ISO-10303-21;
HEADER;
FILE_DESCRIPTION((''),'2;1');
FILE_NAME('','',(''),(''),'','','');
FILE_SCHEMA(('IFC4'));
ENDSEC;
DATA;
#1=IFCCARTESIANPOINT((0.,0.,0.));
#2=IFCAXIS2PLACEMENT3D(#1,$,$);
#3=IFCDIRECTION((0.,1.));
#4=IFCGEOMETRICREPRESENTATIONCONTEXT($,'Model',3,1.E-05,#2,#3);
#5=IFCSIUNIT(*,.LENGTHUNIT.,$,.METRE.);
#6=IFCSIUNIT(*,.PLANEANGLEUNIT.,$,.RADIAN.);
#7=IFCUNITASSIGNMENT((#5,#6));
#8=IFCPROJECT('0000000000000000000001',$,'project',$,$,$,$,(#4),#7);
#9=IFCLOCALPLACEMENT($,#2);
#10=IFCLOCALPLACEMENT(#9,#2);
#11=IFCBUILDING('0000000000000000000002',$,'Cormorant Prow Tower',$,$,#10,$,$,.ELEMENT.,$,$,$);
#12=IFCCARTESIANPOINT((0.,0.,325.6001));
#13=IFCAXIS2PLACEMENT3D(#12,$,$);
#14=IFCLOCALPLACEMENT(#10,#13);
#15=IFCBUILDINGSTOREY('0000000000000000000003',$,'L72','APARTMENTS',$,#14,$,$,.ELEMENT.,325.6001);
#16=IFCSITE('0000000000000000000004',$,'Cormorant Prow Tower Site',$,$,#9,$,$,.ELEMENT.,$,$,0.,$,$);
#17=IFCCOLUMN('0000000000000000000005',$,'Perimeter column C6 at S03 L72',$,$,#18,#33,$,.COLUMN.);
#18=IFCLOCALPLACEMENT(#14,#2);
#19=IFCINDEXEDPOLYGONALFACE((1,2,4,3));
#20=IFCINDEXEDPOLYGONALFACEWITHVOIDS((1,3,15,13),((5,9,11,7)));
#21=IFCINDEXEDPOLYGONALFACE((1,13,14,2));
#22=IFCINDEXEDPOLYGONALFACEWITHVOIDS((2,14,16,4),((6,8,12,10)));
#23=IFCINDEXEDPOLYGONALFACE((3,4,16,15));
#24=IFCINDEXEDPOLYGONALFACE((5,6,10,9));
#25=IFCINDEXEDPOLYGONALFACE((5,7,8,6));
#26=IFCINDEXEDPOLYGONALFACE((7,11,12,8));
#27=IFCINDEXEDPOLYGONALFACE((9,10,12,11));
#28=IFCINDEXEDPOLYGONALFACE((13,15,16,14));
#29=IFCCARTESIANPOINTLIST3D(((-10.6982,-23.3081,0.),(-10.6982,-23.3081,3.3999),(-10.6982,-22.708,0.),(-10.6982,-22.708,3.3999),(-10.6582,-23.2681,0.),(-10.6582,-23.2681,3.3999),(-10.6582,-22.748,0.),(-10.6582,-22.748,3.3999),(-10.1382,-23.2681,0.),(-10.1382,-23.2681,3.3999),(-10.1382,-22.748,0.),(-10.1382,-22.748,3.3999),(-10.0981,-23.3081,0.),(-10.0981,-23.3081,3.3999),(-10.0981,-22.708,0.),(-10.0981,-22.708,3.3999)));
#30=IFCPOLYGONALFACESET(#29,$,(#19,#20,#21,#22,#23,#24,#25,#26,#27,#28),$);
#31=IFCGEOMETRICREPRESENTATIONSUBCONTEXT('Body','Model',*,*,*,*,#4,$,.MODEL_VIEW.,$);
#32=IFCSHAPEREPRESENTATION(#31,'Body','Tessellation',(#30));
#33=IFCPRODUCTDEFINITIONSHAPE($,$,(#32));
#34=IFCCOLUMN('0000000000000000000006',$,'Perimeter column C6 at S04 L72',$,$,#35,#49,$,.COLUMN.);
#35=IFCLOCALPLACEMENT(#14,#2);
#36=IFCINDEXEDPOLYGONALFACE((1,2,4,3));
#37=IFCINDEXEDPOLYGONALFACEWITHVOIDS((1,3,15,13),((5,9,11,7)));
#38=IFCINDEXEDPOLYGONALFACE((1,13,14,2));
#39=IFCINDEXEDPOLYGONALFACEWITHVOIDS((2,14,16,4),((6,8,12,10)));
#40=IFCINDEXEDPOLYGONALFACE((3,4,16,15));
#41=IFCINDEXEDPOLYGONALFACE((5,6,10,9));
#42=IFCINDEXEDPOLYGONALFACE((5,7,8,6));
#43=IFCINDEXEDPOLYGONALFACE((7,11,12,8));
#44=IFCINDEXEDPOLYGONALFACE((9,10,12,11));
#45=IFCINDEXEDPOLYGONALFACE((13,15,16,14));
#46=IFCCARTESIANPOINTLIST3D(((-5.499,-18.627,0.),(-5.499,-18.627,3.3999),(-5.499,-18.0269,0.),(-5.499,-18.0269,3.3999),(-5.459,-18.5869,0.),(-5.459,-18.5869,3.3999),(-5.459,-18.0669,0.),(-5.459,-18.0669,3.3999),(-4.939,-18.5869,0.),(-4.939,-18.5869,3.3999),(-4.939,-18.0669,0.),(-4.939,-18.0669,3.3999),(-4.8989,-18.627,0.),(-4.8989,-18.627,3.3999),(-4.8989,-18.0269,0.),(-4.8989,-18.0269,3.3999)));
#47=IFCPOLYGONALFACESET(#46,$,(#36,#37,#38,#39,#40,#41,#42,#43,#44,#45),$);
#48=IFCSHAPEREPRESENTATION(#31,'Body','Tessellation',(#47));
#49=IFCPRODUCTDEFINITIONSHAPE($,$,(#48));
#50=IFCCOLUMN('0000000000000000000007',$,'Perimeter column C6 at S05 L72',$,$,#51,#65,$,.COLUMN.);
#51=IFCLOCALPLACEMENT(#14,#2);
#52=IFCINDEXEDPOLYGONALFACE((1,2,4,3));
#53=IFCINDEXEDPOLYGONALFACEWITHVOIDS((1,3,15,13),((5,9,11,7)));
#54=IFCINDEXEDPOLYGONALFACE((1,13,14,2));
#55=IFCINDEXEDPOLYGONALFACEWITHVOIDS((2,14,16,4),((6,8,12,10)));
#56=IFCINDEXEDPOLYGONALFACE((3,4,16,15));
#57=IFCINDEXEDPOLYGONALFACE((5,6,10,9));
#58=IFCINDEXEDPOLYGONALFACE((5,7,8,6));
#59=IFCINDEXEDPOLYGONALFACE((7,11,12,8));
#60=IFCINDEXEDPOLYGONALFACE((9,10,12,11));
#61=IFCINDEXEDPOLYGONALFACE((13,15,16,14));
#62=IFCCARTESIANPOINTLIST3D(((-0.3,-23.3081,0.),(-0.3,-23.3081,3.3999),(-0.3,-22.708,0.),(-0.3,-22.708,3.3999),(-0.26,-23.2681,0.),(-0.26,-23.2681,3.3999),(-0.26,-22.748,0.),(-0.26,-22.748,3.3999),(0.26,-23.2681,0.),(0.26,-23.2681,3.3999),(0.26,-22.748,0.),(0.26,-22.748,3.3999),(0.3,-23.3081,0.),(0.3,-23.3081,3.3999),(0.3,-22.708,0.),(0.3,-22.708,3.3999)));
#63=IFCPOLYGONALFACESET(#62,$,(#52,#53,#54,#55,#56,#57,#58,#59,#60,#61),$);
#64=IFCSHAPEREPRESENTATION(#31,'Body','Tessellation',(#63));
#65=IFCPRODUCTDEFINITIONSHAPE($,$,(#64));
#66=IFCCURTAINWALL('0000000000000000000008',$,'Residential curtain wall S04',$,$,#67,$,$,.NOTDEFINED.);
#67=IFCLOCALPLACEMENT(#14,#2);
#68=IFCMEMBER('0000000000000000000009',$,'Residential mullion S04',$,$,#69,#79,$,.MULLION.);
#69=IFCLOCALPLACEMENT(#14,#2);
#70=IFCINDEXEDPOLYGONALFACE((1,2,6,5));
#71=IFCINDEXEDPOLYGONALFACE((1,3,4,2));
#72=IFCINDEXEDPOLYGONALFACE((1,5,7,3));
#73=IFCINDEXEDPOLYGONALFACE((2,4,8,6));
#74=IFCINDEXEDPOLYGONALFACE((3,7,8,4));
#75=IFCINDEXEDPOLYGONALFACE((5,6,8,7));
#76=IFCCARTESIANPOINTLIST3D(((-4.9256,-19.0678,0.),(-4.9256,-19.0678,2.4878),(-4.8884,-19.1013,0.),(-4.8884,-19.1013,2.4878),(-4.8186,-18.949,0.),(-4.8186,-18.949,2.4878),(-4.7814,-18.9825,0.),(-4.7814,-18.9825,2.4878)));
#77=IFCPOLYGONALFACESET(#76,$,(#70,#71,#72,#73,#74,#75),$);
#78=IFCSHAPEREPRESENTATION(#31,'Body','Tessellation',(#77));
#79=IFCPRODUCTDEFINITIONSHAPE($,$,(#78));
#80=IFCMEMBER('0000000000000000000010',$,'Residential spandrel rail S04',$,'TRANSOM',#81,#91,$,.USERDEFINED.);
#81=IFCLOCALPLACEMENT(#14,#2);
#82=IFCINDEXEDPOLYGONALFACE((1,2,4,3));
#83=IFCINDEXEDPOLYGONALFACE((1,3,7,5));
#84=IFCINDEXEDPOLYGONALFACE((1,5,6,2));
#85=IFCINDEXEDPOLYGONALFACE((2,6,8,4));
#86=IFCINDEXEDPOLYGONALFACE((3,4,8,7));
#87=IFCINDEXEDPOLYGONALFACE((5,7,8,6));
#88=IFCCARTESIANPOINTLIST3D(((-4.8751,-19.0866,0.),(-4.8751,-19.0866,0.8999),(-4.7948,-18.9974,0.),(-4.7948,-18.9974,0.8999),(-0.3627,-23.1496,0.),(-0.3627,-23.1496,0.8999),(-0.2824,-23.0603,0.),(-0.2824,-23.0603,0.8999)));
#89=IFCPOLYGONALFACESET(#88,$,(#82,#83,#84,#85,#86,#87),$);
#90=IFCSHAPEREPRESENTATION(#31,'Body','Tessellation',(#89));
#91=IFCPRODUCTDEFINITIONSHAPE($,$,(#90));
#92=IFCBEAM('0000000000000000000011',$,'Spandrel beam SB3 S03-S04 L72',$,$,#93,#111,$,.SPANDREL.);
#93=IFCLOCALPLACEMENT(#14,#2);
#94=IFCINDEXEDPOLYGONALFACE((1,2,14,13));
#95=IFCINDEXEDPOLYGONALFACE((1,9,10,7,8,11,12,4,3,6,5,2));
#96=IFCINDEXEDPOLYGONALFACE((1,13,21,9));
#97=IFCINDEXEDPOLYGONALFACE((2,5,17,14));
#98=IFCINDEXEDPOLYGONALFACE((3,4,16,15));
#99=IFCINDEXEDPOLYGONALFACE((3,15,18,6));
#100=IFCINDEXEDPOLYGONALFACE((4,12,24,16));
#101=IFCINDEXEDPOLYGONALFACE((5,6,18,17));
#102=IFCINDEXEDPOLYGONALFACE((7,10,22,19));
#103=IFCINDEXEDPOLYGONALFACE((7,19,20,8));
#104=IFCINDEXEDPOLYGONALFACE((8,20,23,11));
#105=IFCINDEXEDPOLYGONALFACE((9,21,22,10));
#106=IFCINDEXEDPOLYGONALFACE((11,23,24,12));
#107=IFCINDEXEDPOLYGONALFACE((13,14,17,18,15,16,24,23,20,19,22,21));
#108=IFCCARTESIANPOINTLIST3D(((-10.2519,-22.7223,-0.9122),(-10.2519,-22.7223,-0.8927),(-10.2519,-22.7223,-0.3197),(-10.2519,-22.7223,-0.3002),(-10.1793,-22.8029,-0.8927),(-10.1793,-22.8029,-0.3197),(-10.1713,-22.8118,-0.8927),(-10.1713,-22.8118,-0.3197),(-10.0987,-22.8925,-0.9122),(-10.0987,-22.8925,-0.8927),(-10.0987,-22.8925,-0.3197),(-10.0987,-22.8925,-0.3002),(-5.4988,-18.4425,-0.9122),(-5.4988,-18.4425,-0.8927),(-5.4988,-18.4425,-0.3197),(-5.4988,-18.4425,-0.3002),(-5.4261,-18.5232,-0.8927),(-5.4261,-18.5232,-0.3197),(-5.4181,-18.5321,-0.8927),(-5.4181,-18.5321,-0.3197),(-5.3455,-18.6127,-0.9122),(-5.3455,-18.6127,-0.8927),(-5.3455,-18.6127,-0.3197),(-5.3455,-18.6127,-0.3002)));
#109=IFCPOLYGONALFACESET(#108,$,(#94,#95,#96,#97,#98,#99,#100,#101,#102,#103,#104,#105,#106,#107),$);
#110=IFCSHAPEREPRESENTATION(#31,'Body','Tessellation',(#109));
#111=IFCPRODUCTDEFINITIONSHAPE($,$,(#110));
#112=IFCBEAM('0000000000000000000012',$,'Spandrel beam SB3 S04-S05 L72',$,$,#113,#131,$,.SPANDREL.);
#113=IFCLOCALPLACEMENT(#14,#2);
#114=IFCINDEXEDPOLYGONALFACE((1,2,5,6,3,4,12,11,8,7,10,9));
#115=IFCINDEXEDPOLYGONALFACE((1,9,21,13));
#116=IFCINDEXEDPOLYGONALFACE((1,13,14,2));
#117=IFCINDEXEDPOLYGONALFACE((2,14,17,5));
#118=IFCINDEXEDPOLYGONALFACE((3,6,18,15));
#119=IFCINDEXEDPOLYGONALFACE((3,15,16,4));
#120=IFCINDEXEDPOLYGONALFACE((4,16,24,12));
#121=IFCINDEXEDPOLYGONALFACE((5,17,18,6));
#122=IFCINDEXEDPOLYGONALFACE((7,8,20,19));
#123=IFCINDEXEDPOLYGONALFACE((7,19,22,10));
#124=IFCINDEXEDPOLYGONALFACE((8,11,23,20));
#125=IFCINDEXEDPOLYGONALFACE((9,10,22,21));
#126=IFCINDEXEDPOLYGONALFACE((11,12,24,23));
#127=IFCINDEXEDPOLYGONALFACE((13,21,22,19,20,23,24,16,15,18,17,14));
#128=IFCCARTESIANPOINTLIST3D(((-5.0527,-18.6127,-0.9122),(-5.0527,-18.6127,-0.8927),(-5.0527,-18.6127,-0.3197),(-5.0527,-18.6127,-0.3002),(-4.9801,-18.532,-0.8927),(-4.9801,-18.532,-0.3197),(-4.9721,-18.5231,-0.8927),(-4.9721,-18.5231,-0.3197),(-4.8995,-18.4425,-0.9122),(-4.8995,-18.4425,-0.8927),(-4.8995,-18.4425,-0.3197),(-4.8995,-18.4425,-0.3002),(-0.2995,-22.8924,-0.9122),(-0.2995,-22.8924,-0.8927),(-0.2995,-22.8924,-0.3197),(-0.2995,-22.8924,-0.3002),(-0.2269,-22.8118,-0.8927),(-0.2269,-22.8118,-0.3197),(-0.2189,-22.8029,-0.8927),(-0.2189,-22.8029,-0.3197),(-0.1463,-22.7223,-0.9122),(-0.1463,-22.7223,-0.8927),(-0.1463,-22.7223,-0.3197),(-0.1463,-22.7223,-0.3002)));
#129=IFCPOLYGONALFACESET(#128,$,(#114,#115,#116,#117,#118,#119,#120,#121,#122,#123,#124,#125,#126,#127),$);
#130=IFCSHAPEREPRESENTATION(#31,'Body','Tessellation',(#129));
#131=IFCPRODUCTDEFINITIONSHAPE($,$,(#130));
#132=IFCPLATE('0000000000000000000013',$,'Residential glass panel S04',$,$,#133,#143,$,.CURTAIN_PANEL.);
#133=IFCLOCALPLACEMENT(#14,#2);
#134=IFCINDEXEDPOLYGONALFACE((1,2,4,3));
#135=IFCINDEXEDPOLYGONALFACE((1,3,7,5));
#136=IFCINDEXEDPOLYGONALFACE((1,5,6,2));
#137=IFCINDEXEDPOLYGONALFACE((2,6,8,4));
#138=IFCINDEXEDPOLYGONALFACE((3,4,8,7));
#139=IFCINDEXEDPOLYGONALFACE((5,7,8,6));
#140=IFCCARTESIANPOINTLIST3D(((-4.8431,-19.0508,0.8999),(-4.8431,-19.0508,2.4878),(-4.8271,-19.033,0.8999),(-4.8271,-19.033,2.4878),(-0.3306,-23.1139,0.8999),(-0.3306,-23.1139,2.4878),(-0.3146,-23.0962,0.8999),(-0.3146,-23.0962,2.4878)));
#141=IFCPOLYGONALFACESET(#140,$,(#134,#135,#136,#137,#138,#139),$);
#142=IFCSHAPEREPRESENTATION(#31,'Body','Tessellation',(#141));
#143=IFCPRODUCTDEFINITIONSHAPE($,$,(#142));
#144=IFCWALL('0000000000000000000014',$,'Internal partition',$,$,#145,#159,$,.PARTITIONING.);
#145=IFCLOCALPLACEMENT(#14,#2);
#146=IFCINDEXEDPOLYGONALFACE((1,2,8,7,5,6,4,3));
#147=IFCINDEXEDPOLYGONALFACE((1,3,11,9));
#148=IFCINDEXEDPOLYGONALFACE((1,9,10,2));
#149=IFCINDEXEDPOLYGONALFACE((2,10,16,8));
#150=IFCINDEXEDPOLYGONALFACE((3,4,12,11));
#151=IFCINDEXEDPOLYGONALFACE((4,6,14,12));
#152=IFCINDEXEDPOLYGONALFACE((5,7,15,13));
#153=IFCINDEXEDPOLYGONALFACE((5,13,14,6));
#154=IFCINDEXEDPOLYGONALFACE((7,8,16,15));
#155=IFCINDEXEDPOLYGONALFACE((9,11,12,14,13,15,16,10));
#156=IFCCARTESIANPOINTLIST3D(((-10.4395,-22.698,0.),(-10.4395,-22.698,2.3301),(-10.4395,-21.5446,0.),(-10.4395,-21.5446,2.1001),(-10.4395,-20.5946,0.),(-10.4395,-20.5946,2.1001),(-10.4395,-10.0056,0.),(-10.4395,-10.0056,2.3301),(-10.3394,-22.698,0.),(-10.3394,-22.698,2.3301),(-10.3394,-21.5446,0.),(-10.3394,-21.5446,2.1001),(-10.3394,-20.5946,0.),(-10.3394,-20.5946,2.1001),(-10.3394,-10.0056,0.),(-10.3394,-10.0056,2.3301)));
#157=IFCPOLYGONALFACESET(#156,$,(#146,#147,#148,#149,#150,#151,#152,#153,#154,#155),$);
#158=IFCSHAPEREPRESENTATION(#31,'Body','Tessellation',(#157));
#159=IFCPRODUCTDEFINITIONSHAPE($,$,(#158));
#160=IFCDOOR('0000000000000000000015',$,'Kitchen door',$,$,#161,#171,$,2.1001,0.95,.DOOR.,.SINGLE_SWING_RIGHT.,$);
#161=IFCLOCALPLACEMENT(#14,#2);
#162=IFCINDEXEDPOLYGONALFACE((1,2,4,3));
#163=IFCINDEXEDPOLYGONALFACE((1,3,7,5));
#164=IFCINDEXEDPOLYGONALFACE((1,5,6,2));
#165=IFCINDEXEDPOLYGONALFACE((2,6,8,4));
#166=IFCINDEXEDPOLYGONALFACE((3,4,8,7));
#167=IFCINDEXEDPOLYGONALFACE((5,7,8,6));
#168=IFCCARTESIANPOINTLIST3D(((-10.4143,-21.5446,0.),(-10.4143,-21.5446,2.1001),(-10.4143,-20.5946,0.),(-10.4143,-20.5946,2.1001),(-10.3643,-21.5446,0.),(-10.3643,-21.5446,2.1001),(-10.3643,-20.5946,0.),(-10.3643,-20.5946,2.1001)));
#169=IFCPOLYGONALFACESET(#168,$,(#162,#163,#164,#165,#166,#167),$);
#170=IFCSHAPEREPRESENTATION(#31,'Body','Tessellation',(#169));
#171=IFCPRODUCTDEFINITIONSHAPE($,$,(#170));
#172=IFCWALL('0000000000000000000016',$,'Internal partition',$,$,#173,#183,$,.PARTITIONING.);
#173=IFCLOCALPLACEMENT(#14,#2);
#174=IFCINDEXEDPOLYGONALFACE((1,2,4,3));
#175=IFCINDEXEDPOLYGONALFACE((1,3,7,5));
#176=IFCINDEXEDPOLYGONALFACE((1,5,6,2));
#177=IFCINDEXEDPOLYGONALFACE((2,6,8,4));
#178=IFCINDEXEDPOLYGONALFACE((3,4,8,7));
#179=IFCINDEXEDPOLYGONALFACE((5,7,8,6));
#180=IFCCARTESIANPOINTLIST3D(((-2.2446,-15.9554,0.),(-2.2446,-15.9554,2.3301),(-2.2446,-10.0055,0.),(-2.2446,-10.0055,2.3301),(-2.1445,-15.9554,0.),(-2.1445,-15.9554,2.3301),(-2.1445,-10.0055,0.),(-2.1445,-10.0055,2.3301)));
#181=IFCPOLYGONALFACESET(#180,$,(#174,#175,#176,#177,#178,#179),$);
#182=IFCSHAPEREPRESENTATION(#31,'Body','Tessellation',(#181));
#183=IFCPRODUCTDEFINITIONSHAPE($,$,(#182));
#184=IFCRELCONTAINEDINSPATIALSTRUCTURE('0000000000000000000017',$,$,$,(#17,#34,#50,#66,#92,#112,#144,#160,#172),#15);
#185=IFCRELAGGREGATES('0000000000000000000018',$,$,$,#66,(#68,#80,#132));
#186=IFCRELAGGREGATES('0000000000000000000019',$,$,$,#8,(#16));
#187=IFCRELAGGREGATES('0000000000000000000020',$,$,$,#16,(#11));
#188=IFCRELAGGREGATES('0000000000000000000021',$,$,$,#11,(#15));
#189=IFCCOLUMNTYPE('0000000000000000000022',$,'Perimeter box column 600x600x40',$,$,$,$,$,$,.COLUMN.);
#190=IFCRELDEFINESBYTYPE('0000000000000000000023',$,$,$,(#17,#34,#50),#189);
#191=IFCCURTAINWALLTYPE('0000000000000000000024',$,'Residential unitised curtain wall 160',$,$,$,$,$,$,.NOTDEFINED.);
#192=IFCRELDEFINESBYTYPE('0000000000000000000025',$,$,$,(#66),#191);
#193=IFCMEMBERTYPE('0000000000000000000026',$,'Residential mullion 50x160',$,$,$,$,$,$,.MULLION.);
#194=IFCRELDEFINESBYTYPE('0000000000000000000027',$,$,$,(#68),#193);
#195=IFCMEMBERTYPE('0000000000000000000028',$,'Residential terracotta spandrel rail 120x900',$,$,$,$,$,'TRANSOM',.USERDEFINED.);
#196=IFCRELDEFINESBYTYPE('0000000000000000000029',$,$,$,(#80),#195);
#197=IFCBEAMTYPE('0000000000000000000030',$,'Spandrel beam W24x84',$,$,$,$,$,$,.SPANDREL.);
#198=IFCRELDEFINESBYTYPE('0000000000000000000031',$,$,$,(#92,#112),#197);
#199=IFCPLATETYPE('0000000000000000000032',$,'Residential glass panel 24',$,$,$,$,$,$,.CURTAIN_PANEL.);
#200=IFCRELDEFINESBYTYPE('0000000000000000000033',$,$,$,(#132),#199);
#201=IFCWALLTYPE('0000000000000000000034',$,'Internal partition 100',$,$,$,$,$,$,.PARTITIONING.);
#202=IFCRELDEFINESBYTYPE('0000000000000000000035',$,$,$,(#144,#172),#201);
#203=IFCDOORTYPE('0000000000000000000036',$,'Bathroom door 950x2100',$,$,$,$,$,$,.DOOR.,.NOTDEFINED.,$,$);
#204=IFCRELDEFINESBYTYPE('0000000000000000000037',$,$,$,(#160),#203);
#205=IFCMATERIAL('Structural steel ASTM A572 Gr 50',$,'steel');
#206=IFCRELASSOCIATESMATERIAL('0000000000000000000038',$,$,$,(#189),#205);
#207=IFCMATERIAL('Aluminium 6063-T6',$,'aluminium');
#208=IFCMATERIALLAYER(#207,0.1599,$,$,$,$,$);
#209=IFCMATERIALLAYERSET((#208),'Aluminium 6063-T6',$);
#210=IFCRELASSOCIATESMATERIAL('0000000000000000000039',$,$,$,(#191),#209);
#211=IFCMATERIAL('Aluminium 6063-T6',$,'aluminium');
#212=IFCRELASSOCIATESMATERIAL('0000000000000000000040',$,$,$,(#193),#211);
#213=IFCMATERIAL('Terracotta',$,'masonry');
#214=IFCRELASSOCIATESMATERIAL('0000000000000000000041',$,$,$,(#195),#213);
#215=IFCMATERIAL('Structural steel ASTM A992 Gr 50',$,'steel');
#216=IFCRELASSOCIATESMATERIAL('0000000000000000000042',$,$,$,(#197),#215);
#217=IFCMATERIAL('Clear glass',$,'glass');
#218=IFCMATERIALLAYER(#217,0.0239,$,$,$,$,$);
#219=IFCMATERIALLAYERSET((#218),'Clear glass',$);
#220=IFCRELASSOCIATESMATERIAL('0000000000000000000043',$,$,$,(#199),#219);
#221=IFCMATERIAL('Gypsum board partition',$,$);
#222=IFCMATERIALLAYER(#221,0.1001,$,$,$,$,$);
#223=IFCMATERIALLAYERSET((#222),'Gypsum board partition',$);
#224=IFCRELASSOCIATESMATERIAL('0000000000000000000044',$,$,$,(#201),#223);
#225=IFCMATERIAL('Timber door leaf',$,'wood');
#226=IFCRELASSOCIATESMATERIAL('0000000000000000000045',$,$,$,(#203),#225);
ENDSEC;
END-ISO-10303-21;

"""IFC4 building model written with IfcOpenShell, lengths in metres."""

from ifc_helpers import new_model, si_unit, direction, frame, frame_2d, origin, origin_2d, place, context, subcontext, project, spatial, rectangle, hollow_rectangle, i_section, extrude, material, layer, layer_set, material_profile, profile_set, type_object, element, fill, aggregate, save


model = new_model("IFC4")

# Units and contexts
model_context = context("Model", 3, precision=1e-05, world=origin(), true_north=direction((0.0, 1.0)))
body_context = subcontext(model_context, "Body", "Model", "MODEL_VIEW")
ifc_project = project(units=[si_unit("LENGTHUNIT", "METRE"), si_unit("PLANEANGLEUNIT", "RADIAN")], contexts=[model_context])

# Site, building, storey
site_placement = place(None, origin())
site = spatial("IfcSite", under=ifc_project, at=site_placement, Name="Cormorant Prow Tower Site", CompositionType="ELEMENT", RefElevation=0.0)
building_placement = place(site_placement, origin())
building = spatial("IfcBuilding", under=site, at=building_placement, Name="Cormorant Prow Tower", CompositionType="ELEMENT")
storey_placement = place(building_placement, frame((0.0, 0.0, 325.6001)))
storey = spatial("IfcBuildingStorey", under=building, at=storey_placement, Name="L72", Description="APARTMENTS", CompositionType="ELEMENT", Elevation=325.6001)

# Columns
ifc_material_1 = material(Name="Structural steel ASTM A572 Gr 50", Category="steel")
ifc_material_profile_1 = material_profile(ifc_material_1, hollow_rectangle(XDim=0.6001, YDim=0.6001, WallThickness=0.04, at=origin_2d()), Name="Box 600x600x40")
ifc_profile_set_1 = profile_set([ifc_material_profile_1], Name="Structural steel ASTM A572 Gr 50")
column_type = type_object("IfcColumnType", Name="Perimeter box column 600x600x40", PredefinedType="COLUMN", material=ifc_profile_set_1)
for number, where, z_axis, x_axis, name in (
    (1, (-10.3982, -23.0081, 0.0), (0.0, 0.0, 1.0), (1.0, 0.0, 0.0), "Perimeter column C6 at S03 L72"),
    (2, (-5.199, -18.3269, 0.0), (0.0, 0.0, 1.0), (1.0, 0.0, 0.0), "Perimeter column C6 at S04 L72"),
    (3, (0.0, -23.0081, 0.0), (0.0, 0.0, 1.0), (1.0, 0.0, 0.0), "Perimeter column C6 at S05 L72"),
):
    element("IfcColumn", number, at=place(storey_placement, frame(where, z_axis=z_axis, x_axis=x_axis)), inside=storey, type_object=column_type, Name=name, PredefinedType="COLUMN", context=body_context, shape_type="SweptSolid", body=[
        extrude(hollow_rectangle(XDim=0.6001, YDim=0.6001, WallThickness=0.04, at=origin_2d()), origin(), (0.0, 0.0, 1.0), 3.3999),
    ])

# Curtain wall, members
ifc_material_2 = material(Name="Aluminium 6063-T6", Category="aluminium")
ifc_layer_1 = layer(ifc_material_2, 0.1599)
ifc_layer_set_1 = layer_set([ifc_layer_1], Name="Aluminium 6063-T6")
curtain_wall_type = type_object("IfcCurtainWallType", Name="Residential unitised curtain wall 160", PredefinedType="NOTDEFINED", material=ifc_layer_set_1)
curtain_wall_placement = place(storey_placement, origin())
curtain_wall = element("IfcCurtainWall", 4, at=curtain_wall_placement, inside=storey, type_object=curtain_wall_type, Name="Residential curtain wall S04", PredefinedType="NOTDEFINED")
ifc_material_3 = material(Name="Aluminium 6063-T6", Category="aluminium")
ifc_material_profile_2 = material_profile(ifc_material_3, rectangle(XDim=0.1599, YDim=0.05, at=origin_2d()), Name="Residential mullion 50x160")
ifc_profile_set_2 = profile_set([ifc_material_profile_2], Name="Aluminium 6063-T6")
member_type_1 = type_object("IfcMemberType", Name="Residential mullion 50x160", PredefinedType="MULLION", material=ifc_profile_set_2)
member_1_placement = place(storey_placement, frame((-4.8535, -19.0251, 0.0), z_axis=(0.0, 0.0, 1.0), x_axis=(0.669131, 0.743145, 0.0)))
member_1 = element("IfcMember", 5, at=member_1_placement, type_object=member_type_1, Name="Residential mullion S04", PredefinedType="MULLION", context=body_context, shape_type="SweptSolid", body=[
    extrude(rectangle(XDim=0.1599, YDim=0.05, at=origin_2d()), origin(), (0.0, 0.0, 1.0), 2.4878),
])
ifc_material_4 = material(Name="Terracotta", Category="masonry")
ifc_material_profile_3 = material_profile(ifc_material_4, rectangle(XDim=0.1201, YDim=0.8999, at=origin_2d()), Name="Residential terracotta spandrel rail 120x900")
ifc_profile_set_3 = profile_set([ifc_material_profile_3], Name="Terracotta")
member_type_2 = type_object("IfcMemberType", Name="Residential terracotta spandrel rail 120x900", ElementType="TRANSOM", PredefinedType="USERDEFINED", material=ifc_profile_set_3)
member_2_placement = place(storey_placement, frame((-4.835, -19.042, 0.45), z_axis=(0.743148, -0.669127, 0.0), x_axis=(0.669127, 0.743148, 0.0)))
member_2 = element("IfcMember", 6, at=member_2_placement, type_object=member_type_2, Name="Residential spandrel rail S04", ObjectType="TRANSOM", PredefinedType="USERDEFINED", context=body_context, shape_type="SweptSolid", body=[
    extrude(rectangle(XDim=0.1201, YDim=0.8999, at=origin_2d()), origin(), (0.0, 0.0, 1.0), 6.072),
])

# Beams
ifc_material_5 = material(Name="Structural steel ASTM A992 Gr 50", Category="steel")
ifc_material_profile_4 = material_profile(ifc_material_5, i_section(OverallWidth=0.229, OverallDepth=0.6121, WebThickness=0.012, FlangeThickness=0.0195, at=origin_2d()), Name="W24x84")
ifc_profile_set_4 = profile_set([ifc_material_profile_4], Name="Structural steel ASTM A992 Gr 50")
beam_type = type_object("IfcBeamType", Name="Spandrel beam W24x84", PredefinedType="SPANDREL", material=ifc_profile_set_4)
for number, where, z_axis, x_axis, name in (
    (7, (-10.1753, -22.8074, -0.6062), (0.743144, 0.669131, 0.0), (-0.669131, 0.743144, 0.0), "Spandrel beam SB3 S03-S04 L72"),
    (8, (-4.9761, -18.5276, -0.6062), (0.743144, -0.669131, 0.0), (0.669131, 0.743144, 0.0), "Spandrel beam SB3 S04-S05 L72"),
):
    element("IfcBeam", number, at=place(storey_placement, frame(where, z_axis=z_axis, x_axis=x_axis)), inside=storey, type_object=beam_type, Name=name, PredefinedType="SPANDREL", context=body_context, shape_type="SweptSolid", body=[
        extrude(i_section(OverallWidth=0.229, OverallDepth=0.6121, WebThickness=0.012, FlangeThickness=0.0195, at=origin_2d()), origin(), (0.0, 0.0, 1.0), 6.396),
    ])

# Plate
ifc_material_6 = material(Name="Clear glass", Category="glass")
ifc_layer_2 = layer(ifc_material_6, 0.0239)
ifc_layer_set_2 = layer_set([ifc_layer_2], Name="Clear glass")
plate_type = type_object("IfcPlateType", Name="Residential glass panel 24", PredefinedType="CURTAIN_PANEL", material=ifc_layer_set_2)
plate_placement = place(storey_placement, frame((-2.5789, -21.0735, 0.8999), z_axis=(0.0, 0.0, 1.0), x_axis=(0.743145, -0.669131, 0.0)))
plate = element("IfcPlate", 9, at=plate_placement, type_object=plate_type, Name="Residential glass panel S04", PredefinedType="CURTAIN_PANEL", context=body_context, shape_type="SweptSolid", body=[
    extrude(rectangle(XDim=6.0723, YDim=0.0239, at=origin_2d()), origin(), (0.0, 0.0, 1.0), 1.5879),
])
aggregate(curtain_wall, [member_1, member_2, plate])

# Wall, opening, door
ifc_material_7 = material(Name="Gypsum board partition")
ifc_layer_3 = layer(ifc_material_7, 0.1001)
ifc_layer_set_3 = layer_set([ifc_layer_3], Name="Gypsum board partition")
wall_type_1 = type_object("IfcWallType", Name="Internal partition 100", PredefinedType="PARTITIONING", material=ifc_layer_set_3)
wall_1_placement = place(storey_placement, frame((-10.3894, -22.698, 0.0), z_axis=(0.0, 0.0, 1.0), x_axis=(0.0, 1.0, 0.0)))
wall_1 = element("IfcWall", 10, at=wall_1_placement, inside=storey, type_object=wall_type_1, Name="Internal partition", PredefinedType="PARTITIONING", context=body_context, shape_type="SweptSolid", body=[
    extrude(rectangle(XDim=12.6924, YDim=0.1001, at=frame_2d((6.3462, 0.0))), origin(), (0.0, 0.0, 1.0), 2.3301),
])
opening_1_placement = place(wall_1_placement, frame((1.1533, 0.0, 0.0)))
opening_1 = element("IfcOpeningElement", 11, at=opening_1_placement, cuts=wall_1, PredefinedType="OPENING", context=body_context, shape_type="SweptSolid", body=[
    extrude(rectangle(XDim=0.95, YDim=2.1001, at=frame_2d((0.4751, 1.05))), frame((0.0, 0.0601, 0.0), z_axis=(0.0, -1.0, 0.0), x_axis=(1.0, 0.0, 0.0)), (0.0, 0.0, 1.0), 0.1201),
])
ifc_material_8 = material(Name="Timber door leaf", Category="wood")
door_type_1 = type_object("IfcDoorType", Name="Bathroom door 950x2100", OperationType="NOTDEFINED", PredefinedType="DOOR", material=ifc_material_8)
door_1_placement = place(opening_1_placement, origin())
door_1 = element("IfcDoor", 12, at=door_1_placement, inside=storey, type_object=door_type_1, Name="Kitchen door", OperationType="SINGLE_SWING_RIGHT", OverallHeight=2.1001, OverallWidth=0.95, PredefinedType="DOOR", context=body_context, shape_type="SweptSolid", body=[
    extrude(rectangle(XDim=0.95, YDim=2.1001, at=frame_2d((0.4751, 1.05))), frame((0.0, 0.0249, 0.0), z_axis=(0.0, -1.0, 0.0), x_axis=(1.0, 0.0, 0.0)), (0.0, 0.0, 1.0), 0.05),
])
fill(opening_1, door_1)

# Wall
wall_2_placement = place(storey_placement, frame((-2.1946, -15.9556, 0.0), z_axis=(0.0, 0.0, 1.0), x_axis=(0.0, 1.0, 0.0)))
element("IfcWall", 13, at=wall_2_placement, inside=storey, type_object=wall_type_1, Name="Internal partition", PredefinedType="PARTITIONING", context=body_context, shape_type="SweptSolid", body=[
    extrude(rectangle(XDim=5.95, YDim=0.1001, at=frame_2d((2.9751, 0.0))), origin(), (0.0, 0.0, 1.0), 2.3301),
])

save(model, "model.ifc")
